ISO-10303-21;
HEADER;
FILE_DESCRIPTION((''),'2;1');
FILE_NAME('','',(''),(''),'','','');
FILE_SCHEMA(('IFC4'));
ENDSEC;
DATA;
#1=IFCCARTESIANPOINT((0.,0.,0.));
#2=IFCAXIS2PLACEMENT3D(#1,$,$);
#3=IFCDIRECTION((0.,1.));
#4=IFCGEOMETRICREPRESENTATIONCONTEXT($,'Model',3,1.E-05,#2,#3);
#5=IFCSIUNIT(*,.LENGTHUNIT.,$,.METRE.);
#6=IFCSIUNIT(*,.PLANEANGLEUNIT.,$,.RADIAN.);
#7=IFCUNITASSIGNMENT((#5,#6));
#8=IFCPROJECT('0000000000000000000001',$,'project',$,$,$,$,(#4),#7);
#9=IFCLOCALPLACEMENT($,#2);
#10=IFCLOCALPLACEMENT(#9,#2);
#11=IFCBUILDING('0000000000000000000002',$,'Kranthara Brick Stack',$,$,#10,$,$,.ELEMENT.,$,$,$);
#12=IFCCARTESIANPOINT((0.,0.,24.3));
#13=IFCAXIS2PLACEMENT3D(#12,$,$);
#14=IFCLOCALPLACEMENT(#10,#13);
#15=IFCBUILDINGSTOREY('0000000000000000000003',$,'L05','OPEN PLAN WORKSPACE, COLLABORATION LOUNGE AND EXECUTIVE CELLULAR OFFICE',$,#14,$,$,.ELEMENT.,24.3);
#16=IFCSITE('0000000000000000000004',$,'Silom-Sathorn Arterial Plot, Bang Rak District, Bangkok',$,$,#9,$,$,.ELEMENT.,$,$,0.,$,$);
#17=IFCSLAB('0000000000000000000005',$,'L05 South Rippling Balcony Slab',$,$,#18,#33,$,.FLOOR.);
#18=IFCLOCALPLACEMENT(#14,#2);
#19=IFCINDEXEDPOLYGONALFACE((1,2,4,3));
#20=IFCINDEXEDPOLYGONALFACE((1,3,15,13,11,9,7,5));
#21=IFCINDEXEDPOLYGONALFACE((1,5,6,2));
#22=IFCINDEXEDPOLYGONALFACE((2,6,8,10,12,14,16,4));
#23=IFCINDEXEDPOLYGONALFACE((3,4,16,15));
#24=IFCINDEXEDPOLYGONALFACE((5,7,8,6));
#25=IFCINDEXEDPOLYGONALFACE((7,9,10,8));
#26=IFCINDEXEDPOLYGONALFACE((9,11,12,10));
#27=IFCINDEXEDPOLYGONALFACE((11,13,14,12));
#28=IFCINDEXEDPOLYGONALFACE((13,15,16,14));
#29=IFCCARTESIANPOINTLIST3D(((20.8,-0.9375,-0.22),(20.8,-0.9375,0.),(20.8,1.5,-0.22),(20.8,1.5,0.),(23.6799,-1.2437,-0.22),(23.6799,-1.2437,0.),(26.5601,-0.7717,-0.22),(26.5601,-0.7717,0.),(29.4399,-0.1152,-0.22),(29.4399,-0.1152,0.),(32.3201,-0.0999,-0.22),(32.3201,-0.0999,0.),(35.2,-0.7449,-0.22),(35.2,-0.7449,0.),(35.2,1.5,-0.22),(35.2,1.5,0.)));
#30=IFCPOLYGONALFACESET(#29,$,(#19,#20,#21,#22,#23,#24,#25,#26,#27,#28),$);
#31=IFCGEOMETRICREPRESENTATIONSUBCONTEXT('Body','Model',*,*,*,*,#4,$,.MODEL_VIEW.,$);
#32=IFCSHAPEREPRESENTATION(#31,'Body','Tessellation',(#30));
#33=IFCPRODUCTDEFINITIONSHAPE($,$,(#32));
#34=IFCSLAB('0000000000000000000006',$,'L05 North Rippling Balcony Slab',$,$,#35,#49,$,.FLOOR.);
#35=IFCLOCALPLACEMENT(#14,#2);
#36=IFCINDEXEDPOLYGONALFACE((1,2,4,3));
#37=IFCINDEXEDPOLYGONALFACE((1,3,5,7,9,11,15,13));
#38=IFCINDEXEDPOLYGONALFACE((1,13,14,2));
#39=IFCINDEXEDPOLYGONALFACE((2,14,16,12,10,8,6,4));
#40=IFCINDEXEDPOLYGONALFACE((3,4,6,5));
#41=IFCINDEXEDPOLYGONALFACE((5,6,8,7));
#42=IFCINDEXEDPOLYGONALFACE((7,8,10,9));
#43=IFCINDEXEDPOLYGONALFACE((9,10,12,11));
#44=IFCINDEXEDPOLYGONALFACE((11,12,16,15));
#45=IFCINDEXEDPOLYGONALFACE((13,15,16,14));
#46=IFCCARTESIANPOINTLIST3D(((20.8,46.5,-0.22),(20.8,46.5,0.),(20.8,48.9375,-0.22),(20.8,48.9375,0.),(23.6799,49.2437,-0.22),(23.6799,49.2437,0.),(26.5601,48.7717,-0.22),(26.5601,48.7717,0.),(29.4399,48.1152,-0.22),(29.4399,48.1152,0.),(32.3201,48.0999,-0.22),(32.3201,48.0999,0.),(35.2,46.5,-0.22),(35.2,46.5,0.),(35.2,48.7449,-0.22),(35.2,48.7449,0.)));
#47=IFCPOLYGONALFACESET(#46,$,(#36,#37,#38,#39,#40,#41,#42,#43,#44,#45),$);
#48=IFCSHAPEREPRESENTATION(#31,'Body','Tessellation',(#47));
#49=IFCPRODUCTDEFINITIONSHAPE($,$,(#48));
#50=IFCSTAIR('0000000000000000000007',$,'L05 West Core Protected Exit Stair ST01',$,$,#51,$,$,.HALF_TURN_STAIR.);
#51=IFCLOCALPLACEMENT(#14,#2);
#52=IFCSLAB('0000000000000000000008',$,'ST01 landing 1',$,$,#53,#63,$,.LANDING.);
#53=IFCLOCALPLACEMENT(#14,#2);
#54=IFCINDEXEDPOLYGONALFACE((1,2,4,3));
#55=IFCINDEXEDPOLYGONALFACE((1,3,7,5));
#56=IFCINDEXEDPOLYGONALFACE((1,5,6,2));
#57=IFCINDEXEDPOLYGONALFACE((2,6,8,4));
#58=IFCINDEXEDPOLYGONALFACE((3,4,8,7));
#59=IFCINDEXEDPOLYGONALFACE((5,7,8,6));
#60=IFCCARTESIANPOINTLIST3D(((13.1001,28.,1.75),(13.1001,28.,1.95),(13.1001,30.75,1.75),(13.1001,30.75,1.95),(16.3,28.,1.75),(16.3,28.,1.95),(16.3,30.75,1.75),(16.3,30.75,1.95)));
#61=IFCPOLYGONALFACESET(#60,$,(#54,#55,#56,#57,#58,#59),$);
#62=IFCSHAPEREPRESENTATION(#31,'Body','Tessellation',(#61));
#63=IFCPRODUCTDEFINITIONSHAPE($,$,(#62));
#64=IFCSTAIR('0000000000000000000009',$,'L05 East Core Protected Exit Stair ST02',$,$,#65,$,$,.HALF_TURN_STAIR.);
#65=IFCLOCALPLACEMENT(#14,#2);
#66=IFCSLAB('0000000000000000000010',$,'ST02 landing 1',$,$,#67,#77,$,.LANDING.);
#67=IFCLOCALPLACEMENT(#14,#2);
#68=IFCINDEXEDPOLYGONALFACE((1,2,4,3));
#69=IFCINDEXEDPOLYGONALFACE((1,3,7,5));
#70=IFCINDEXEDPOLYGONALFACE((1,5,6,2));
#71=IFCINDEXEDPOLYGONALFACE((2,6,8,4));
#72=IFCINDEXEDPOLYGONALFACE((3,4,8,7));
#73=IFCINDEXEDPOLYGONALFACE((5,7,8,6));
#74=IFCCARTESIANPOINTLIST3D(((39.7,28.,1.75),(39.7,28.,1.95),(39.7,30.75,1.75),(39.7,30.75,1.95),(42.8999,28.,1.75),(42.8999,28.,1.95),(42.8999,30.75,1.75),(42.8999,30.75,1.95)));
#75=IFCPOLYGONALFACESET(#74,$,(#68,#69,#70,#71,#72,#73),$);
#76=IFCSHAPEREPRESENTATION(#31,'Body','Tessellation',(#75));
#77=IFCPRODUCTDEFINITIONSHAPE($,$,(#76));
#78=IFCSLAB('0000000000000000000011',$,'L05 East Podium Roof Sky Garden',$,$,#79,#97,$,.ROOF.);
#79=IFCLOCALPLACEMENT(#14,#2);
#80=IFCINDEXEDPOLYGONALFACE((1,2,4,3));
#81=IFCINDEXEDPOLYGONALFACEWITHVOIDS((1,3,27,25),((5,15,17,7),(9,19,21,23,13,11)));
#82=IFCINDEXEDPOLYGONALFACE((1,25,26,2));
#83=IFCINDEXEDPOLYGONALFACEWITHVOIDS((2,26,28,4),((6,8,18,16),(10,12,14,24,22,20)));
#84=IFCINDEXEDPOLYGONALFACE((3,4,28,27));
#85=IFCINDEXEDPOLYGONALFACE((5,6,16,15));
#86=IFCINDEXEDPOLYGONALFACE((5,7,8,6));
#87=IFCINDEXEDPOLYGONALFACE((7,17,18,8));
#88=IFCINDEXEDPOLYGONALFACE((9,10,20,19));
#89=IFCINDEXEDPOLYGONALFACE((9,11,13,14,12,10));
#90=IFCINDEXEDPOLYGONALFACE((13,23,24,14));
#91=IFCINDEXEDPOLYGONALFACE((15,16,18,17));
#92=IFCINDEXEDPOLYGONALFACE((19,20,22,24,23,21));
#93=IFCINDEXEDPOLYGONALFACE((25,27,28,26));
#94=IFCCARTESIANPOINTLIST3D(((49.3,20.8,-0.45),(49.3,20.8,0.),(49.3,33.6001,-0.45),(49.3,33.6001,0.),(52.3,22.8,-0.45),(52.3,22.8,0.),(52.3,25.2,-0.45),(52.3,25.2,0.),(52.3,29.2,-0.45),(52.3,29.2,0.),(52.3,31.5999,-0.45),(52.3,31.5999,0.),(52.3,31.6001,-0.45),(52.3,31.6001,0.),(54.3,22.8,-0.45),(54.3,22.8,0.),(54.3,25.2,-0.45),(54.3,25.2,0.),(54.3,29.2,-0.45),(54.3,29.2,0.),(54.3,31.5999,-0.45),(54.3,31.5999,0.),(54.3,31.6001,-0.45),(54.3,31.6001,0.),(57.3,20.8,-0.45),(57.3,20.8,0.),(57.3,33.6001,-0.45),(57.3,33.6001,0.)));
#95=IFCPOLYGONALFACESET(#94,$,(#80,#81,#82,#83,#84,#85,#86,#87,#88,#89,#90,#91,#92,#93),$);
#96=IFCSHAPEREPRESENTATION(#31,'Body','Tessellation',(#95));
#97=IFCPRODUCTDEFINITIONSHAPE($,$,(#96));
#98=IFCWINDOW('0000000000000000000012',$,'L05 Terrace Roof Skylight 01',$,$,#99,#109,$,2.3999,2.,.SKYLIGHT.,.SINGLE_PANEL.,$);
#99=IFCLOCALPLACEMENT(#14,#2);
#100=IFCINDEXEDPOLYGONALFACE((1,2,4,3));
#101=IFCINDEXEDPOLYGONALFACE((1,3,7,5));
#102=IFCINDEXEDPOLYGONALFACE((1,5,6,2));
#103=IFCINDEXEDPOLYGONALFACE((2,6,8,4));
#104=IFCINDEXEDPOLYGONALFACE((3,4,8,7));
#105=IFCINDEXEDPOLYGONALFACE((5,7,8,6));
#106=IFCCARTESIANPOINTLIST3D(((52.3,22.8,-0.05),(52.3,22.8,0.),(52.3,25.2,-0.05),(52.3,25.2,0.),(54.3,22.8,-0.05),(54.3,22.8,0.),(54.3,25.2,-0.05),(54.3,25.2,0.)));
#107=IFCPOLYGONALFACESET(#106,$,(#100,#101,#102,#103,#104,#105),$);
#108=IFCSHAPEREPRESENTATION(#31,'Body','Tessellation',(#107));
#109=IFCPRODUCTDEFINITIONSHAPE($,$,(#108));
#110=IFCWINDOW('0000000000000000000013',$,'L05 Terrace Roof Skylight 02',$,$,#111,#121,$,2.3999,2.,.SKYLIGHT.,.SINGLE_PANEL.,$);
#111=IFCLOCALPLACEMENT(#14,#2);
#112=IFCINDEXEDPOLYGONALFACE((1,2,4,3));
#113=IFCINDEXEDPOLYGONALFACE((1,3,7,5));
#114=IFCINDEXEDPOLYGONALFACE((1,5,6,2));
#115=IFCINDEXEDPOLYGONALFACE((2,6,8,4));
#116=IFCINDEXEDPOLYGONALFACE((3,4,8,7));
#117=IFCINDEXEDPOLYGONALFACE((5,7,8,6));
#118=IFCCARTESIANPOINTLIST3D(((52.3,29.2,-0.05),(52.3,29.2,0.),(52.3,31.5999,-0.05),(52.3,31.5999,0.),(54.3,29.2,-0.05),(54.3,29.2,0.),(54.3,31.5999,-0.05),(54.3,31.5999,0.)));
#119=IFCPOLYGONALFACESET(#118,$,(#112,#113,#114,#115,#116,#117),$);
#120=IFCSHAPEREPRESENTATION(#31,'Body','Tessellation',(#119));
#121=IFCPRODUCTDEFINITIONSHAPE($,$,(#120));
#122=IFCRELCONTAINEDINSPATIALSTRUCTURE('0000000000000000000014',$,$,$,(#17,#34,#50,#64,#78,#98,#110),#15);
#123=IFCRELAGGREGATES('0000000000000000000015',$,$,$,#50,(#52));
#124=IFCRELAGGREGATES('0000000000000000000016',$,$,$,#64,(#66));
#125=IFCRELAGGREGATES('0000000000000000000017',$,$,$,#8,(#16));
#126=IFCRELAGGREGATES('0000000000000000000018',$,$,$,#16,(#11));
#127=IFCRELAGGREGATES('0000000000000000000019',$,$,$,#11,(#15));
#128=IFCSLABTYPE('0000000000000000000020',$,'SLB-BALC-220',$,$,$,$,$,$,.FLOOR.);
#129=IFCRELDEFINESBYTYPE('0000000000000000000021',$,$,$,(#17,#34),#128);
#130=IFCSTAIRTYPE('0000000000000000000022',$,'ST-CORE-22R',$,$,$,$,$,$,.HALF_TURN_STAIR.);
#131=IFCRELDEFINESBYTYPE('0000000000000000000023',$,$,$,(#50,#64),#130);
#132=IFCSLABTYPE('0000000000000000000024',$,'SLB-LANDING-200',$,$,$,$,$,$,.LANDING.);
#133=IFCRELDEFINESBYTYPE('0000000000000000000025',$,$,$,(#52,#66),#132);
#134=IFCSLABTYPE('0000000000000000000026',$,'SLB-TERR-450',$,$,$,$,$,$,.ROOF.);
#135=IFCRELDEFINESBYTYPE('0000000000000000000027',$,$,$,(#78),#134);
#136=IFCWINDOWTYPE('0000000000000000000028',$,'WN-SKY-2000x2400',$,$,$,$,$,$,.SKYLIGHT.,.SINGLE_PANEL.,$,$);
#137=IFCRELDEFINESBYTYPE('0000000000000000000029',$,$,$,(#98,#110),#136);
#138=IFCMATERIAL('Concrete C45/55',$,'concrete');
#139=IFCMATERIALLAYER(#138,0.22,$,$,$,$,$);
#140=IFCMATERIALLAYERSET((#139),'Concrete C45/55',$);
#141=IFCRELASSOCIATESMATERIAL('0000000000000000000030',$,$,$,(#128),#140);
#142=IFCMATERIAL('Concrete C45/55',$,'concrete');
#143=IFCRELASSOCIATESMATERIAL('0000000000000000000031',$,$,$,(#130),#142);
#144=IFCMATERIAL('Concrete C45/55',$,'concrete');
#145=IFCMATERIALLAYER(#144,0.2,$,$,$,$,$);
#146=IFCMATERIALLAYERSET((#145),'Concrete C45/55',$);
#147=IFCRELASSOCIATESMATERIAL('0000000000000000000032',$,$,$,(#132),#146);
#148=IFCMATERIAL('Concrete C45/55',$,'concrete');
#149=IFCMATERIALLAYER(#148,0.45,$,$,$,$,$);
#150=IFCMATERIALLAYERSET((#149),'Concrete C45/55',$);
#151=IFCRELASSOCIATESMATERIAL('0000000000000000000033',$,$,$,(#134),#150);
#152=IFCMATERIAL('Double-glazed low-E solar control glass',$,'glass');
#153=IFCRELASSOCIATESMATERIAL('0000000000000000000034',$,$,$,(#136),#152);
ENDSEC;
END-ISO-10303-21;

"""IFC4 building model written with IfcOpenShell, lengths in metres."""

from ifc_helpers import new_model, si_unit, direction, frame, origin, origin_2d, place, context, subcontext, project, spatial, polyline, rectangle, outline, extrude, material, layer, layer_set, type_object, element, fill, aggregate, save


model = new_model("IFC4")

# Units and contexts
model_context = context("Model", 3, precision=1e-05, world=origin(), true_north=direction((0.0, 1.0)))
body_context = subcontext(model_context, "Body", "Model", "MODEL_VIEW")
ifc_project = project(units=[si_unit("LENGTHUNIT", "METRE"), si_unit("PLANEANGLEUNIT", "RADIAN")], contexts=[model_context])

# Site, building, storey
site_placement = place(None, origin())
site = spatial("IfcSite", under=ifc_project, at=site_placement, Name="Silom-Sathorn Arterial Plot, Bang Rak District, Bangkok", CompositionType="ELEMENT", RefElevation=0.0)
building_placement = place(site_placement, origin())
building = spatial("IfcBuilding", under=site, at=building_placement, Name="Kranthara Brick Stack", CompositionType="ELEMENT")
storey_placement = place(building_placement, frame((0.0, 0.0, 24.3)))
storey = spatial("IfcBuildingStorey", under=building, at=storey_placement, Name="L05", Description="OPEN PLAN WORKSPACE, COLLABORATION LOUNGE AND EXECUTIVE CELLULAR OFFICE", CompositionType="ELEMENT", Elevation=24.3)

# Slabs
ifc_material_1 = material(Name="Concrete C45/55", Category="concrete")
ifc_layer_1 = layer(ifc_material_1, 0.22)
ifc_layer_set_1 = layer_set([ifc_layer_1], Name="Concrete C45/55")
slab_type_1 = type_object("IfcSlabType", Name="SLB-BALC-220", PredefinedType="FLOOR", material=ifc_layer_set_1)
slab_1_placement = place(storey_placement, frame((0.0, 0.0, -0.22)))
element("IfcSlab", 1, at=slab_1_placement, inside=storey, type_object=slab_type_1, Name="L05 South Rippling Balcony Slab", PredefinedType="FLOOR", context=body_context, shape_type="SweptSolid", body=[
    extrude(outline(polyline([(20.8, 1.5), (35.2, 1.5), (35.2, -0.7449), (32.3201, -0.0999), (29.4399, -0.1152), (26.5601, -0.7717), (23.6799, -1.2437), (20.8, -0.9375), (20.8, 1.5)])), origin(), (0.0, 0.0, 1.0), 0.22),
])
slab_2_placement = place(storey_placement, frame((0.0, 0.0, -0.22)))
element("IfcSlab", 2, at=slab_2_placement, inside=storey, type_object=slab_type_1, Name="L05 North Rippling Balcony Slab", PredefinedType="FLOOR", context=body_context, shape_type="SweptSolid", body=[
    extrude(outline(polyline([(35.2, 46.5), (20.8, 46.5), (20.8, 48.9375), (23.6799, 49.2437), (26.5601, 48.7717), (29.4399, 48.1152), (32.3201, 48.0999), (35.2, 48.7449), (35.2, 46.5)])), origin(), (0.0, 0.0, 1.0), 0.22),
])

# Stairs, slabs
ifc_material_2 = material(Name="Concrete C45/55", Category="concrete")
stair_type = type_object("IfcStairType", Name="ST-CORE-22R", PredefinedType="HALF_TURN_STAIR", material=ifc_material_2)
stair_1_placement = place(storey_placement, origin())
stair_1 = element("IfcStair", 3, at=stair_1_placement, inside=storey, type_object=stair_type, Name="L05 West Core Protected Exit Stair ST01", PredefinedType="HALF_TURN_STAIR")
ifc_material_3 = material(Name="Concrete C45/55", Category="concrete")
ifc_layer_2 = layer(ifc_material_3, 0.2)
ifc_layer_set_2 = layer_set([ifc_layer_2], Name="Concrete C45/55")
slab_type_2 = type_object("IfcSlabType", Name="SLB-LANDING-200", PredefinedType="LANDING", material=ifc_layer_set_2)
slab_3_placement = place(storey_placement, frame((0.0, 0.0, 1.75)))
slab_3 = element("IfcSlab", 4, at=slab_3_placement, type_object=slab_type_2, Name="ST01 landing 1", PredefinedType="LANDING", context=body_context, shape_type="SweptSolid", body=[
    extrude(outline(polyline([(16.3, 28.0), (16.3, 30.75), (13.1001, 30.75), (13.1001, 28.0), (16.3, 28.0)])), origin(), (0.0, 0.0, 1.0), 0.2),
])
aggregate(stair_1, [slab_3])
stair_2_placement = place(storey_placement, origin())
stair_2 = element("IfcStair", 5, at=stair_2_placement, inside=storey, type_object=stair_type, Name="L05 East Core Protected Exit Stair ST02", PredefinedType="HALF_TURN_STAIR")
slab_4_placement = place(storey_placement, frame((0.0, 0.0, 1.75)))
slab_4 = element("IfcSlab", 6, at=slab_4_placement, type_object=slab_type_2, Name="ST02 landing 1", PredefinedType="LANDING", context=body_context, shape_type="SweptSolid", body=[
    extrude(outline(polyline([(42.8999, 28.0), (42.8999, 30.75), (39.7, 30.75), (39.7, 28.0), (42.8999, 28.0)])), origin(), (0.0, 0.0, 1.0), 0.2),
])
aggregate(stair_2, [slab_4])

# Slab, openings, windows
ifc_material_4 = material(Name="Concrete C45/55", Category="concrete")
ifc_layer_3 = layer(ifc_material_4, 0.45)
ifc_layer_set_3 = layer_set([ifc_layer_3], Name="Concrete C45/55")
slab_type_3 = type_object("IfcSlabType", Name="SLB-TERR-450", PredefinedType="ROOF", material=ifc_layer_set_3)
slab_5_placement = place(storey_placement, frame((0.0, 0.0, -0.45)))
slab_5 = element("IfcSlab", 7, at=slab_5_placement, inside=storey, type_object=slab_type_3, Name="L05 East Podium Roof Sky Garden", PredefinedType="ROOF", context=body_context, shape_type="SweptSolid", body=[
    extrude(outline(polyline([(49.3, 20.8), (57.3, 20.8), (57.3, 33.6001), (49.3, 33.6001), (49.3, 20.8)]), holes=[polyline([(52.3, 22.8), (54.3, 22.8), (54.3, 25.2), (52.3, 25.2), (52.3, 22.8)]), polyline([(52.3, 29.2), (54.3, 29.2), (54.3, 31.6001), (52.3, 31.6001), (52.3, 29.2)])]), origin(), (0.0, 0.0, 1.0), 0.45),
])
opening_1_placement = place(slab_5_placement, frame((53.3, 24.0, 0.0)))
opening_1 = element("IfcOpeningElement", 8, at=opening_1_placement, cuts=slab_5, PredefinedType="OPENING", context=body_context, shape_type="SweptSolid", body=[
    extrude(rectangle(XDim=2.0, YDim=2.3999, at=origin_2d()), origin(), (0.0, 0.0, 1.0), 0.45),
])
opening_2_placement = place(slab_5_placement, frame((53.3, 30.3999, 0.0)))
opening_2 = element("IfcOpeningElement", 9, at=opening_2_placement, cuts=slab_5, PredefinedType="OPENING", context=body_context, shape_type="SweptSolid", body=[
    extrude(rectangle(XDim=2.0, YDim=2.3999, at=origin_2d()), origin(), (0.0, 0.0, 1.0), 0.45),
])
ifc_material_5 = material(Name="Double-glazed low-E solar control glass", Category="glass")
window_type = type_object("IfcWindowType", Name="WN-SKY-2000x2400", PartitioningType="SINGLE_PANEL", PredefinedType="SKYLIGHT", material=ifc_material_5)
window_1_placement = place(opening_1_placement, frame((0.0, 0.0, 0.3999)))
window_1 = element("IfcWindow", 10, at=window_1_placement, inside=storey, type_object=window_type, Name="L05 Terrace Roof Skylight 01", OverallHeight=2.3999, OverallWidth=2.0, PartitioningType="SINGLE_PANEL", PredefinedType="SKYLIGHT", context=body_context, shape_type="SweptSolid", body=[
    extrude(rectangle(XDim=2.0, YDim=2.3999, at=origin_2d()), origin(), (0.0, 0.0, 1.0), 0.05),
])
fill(opening_1, window_1)
window_2_placement = place(opening_2_placement, frame((0.0, 0.0, 0.3999)))
window_2 = element("IfcWindow", 11, at=window_2_placement, inside=storey, type_object=window_type, Name="L05 Terrace Roof Skylight 02", OverallHeight=2.3999, OverallWidth=2.0, PartitioningType="SINGLE_PANEL", PredefinedType="SKYLIGHT", context=body_context, shape_type="SweptSolid", body=[
    extrude(rectangle(XDim=2.0, YDim=2.3999, at=origin_2d()), origin(), (0.0, 0.0, 1.0), 0.05),
])
fill(opening_2, window_2)

save(model, "model.ifc")
